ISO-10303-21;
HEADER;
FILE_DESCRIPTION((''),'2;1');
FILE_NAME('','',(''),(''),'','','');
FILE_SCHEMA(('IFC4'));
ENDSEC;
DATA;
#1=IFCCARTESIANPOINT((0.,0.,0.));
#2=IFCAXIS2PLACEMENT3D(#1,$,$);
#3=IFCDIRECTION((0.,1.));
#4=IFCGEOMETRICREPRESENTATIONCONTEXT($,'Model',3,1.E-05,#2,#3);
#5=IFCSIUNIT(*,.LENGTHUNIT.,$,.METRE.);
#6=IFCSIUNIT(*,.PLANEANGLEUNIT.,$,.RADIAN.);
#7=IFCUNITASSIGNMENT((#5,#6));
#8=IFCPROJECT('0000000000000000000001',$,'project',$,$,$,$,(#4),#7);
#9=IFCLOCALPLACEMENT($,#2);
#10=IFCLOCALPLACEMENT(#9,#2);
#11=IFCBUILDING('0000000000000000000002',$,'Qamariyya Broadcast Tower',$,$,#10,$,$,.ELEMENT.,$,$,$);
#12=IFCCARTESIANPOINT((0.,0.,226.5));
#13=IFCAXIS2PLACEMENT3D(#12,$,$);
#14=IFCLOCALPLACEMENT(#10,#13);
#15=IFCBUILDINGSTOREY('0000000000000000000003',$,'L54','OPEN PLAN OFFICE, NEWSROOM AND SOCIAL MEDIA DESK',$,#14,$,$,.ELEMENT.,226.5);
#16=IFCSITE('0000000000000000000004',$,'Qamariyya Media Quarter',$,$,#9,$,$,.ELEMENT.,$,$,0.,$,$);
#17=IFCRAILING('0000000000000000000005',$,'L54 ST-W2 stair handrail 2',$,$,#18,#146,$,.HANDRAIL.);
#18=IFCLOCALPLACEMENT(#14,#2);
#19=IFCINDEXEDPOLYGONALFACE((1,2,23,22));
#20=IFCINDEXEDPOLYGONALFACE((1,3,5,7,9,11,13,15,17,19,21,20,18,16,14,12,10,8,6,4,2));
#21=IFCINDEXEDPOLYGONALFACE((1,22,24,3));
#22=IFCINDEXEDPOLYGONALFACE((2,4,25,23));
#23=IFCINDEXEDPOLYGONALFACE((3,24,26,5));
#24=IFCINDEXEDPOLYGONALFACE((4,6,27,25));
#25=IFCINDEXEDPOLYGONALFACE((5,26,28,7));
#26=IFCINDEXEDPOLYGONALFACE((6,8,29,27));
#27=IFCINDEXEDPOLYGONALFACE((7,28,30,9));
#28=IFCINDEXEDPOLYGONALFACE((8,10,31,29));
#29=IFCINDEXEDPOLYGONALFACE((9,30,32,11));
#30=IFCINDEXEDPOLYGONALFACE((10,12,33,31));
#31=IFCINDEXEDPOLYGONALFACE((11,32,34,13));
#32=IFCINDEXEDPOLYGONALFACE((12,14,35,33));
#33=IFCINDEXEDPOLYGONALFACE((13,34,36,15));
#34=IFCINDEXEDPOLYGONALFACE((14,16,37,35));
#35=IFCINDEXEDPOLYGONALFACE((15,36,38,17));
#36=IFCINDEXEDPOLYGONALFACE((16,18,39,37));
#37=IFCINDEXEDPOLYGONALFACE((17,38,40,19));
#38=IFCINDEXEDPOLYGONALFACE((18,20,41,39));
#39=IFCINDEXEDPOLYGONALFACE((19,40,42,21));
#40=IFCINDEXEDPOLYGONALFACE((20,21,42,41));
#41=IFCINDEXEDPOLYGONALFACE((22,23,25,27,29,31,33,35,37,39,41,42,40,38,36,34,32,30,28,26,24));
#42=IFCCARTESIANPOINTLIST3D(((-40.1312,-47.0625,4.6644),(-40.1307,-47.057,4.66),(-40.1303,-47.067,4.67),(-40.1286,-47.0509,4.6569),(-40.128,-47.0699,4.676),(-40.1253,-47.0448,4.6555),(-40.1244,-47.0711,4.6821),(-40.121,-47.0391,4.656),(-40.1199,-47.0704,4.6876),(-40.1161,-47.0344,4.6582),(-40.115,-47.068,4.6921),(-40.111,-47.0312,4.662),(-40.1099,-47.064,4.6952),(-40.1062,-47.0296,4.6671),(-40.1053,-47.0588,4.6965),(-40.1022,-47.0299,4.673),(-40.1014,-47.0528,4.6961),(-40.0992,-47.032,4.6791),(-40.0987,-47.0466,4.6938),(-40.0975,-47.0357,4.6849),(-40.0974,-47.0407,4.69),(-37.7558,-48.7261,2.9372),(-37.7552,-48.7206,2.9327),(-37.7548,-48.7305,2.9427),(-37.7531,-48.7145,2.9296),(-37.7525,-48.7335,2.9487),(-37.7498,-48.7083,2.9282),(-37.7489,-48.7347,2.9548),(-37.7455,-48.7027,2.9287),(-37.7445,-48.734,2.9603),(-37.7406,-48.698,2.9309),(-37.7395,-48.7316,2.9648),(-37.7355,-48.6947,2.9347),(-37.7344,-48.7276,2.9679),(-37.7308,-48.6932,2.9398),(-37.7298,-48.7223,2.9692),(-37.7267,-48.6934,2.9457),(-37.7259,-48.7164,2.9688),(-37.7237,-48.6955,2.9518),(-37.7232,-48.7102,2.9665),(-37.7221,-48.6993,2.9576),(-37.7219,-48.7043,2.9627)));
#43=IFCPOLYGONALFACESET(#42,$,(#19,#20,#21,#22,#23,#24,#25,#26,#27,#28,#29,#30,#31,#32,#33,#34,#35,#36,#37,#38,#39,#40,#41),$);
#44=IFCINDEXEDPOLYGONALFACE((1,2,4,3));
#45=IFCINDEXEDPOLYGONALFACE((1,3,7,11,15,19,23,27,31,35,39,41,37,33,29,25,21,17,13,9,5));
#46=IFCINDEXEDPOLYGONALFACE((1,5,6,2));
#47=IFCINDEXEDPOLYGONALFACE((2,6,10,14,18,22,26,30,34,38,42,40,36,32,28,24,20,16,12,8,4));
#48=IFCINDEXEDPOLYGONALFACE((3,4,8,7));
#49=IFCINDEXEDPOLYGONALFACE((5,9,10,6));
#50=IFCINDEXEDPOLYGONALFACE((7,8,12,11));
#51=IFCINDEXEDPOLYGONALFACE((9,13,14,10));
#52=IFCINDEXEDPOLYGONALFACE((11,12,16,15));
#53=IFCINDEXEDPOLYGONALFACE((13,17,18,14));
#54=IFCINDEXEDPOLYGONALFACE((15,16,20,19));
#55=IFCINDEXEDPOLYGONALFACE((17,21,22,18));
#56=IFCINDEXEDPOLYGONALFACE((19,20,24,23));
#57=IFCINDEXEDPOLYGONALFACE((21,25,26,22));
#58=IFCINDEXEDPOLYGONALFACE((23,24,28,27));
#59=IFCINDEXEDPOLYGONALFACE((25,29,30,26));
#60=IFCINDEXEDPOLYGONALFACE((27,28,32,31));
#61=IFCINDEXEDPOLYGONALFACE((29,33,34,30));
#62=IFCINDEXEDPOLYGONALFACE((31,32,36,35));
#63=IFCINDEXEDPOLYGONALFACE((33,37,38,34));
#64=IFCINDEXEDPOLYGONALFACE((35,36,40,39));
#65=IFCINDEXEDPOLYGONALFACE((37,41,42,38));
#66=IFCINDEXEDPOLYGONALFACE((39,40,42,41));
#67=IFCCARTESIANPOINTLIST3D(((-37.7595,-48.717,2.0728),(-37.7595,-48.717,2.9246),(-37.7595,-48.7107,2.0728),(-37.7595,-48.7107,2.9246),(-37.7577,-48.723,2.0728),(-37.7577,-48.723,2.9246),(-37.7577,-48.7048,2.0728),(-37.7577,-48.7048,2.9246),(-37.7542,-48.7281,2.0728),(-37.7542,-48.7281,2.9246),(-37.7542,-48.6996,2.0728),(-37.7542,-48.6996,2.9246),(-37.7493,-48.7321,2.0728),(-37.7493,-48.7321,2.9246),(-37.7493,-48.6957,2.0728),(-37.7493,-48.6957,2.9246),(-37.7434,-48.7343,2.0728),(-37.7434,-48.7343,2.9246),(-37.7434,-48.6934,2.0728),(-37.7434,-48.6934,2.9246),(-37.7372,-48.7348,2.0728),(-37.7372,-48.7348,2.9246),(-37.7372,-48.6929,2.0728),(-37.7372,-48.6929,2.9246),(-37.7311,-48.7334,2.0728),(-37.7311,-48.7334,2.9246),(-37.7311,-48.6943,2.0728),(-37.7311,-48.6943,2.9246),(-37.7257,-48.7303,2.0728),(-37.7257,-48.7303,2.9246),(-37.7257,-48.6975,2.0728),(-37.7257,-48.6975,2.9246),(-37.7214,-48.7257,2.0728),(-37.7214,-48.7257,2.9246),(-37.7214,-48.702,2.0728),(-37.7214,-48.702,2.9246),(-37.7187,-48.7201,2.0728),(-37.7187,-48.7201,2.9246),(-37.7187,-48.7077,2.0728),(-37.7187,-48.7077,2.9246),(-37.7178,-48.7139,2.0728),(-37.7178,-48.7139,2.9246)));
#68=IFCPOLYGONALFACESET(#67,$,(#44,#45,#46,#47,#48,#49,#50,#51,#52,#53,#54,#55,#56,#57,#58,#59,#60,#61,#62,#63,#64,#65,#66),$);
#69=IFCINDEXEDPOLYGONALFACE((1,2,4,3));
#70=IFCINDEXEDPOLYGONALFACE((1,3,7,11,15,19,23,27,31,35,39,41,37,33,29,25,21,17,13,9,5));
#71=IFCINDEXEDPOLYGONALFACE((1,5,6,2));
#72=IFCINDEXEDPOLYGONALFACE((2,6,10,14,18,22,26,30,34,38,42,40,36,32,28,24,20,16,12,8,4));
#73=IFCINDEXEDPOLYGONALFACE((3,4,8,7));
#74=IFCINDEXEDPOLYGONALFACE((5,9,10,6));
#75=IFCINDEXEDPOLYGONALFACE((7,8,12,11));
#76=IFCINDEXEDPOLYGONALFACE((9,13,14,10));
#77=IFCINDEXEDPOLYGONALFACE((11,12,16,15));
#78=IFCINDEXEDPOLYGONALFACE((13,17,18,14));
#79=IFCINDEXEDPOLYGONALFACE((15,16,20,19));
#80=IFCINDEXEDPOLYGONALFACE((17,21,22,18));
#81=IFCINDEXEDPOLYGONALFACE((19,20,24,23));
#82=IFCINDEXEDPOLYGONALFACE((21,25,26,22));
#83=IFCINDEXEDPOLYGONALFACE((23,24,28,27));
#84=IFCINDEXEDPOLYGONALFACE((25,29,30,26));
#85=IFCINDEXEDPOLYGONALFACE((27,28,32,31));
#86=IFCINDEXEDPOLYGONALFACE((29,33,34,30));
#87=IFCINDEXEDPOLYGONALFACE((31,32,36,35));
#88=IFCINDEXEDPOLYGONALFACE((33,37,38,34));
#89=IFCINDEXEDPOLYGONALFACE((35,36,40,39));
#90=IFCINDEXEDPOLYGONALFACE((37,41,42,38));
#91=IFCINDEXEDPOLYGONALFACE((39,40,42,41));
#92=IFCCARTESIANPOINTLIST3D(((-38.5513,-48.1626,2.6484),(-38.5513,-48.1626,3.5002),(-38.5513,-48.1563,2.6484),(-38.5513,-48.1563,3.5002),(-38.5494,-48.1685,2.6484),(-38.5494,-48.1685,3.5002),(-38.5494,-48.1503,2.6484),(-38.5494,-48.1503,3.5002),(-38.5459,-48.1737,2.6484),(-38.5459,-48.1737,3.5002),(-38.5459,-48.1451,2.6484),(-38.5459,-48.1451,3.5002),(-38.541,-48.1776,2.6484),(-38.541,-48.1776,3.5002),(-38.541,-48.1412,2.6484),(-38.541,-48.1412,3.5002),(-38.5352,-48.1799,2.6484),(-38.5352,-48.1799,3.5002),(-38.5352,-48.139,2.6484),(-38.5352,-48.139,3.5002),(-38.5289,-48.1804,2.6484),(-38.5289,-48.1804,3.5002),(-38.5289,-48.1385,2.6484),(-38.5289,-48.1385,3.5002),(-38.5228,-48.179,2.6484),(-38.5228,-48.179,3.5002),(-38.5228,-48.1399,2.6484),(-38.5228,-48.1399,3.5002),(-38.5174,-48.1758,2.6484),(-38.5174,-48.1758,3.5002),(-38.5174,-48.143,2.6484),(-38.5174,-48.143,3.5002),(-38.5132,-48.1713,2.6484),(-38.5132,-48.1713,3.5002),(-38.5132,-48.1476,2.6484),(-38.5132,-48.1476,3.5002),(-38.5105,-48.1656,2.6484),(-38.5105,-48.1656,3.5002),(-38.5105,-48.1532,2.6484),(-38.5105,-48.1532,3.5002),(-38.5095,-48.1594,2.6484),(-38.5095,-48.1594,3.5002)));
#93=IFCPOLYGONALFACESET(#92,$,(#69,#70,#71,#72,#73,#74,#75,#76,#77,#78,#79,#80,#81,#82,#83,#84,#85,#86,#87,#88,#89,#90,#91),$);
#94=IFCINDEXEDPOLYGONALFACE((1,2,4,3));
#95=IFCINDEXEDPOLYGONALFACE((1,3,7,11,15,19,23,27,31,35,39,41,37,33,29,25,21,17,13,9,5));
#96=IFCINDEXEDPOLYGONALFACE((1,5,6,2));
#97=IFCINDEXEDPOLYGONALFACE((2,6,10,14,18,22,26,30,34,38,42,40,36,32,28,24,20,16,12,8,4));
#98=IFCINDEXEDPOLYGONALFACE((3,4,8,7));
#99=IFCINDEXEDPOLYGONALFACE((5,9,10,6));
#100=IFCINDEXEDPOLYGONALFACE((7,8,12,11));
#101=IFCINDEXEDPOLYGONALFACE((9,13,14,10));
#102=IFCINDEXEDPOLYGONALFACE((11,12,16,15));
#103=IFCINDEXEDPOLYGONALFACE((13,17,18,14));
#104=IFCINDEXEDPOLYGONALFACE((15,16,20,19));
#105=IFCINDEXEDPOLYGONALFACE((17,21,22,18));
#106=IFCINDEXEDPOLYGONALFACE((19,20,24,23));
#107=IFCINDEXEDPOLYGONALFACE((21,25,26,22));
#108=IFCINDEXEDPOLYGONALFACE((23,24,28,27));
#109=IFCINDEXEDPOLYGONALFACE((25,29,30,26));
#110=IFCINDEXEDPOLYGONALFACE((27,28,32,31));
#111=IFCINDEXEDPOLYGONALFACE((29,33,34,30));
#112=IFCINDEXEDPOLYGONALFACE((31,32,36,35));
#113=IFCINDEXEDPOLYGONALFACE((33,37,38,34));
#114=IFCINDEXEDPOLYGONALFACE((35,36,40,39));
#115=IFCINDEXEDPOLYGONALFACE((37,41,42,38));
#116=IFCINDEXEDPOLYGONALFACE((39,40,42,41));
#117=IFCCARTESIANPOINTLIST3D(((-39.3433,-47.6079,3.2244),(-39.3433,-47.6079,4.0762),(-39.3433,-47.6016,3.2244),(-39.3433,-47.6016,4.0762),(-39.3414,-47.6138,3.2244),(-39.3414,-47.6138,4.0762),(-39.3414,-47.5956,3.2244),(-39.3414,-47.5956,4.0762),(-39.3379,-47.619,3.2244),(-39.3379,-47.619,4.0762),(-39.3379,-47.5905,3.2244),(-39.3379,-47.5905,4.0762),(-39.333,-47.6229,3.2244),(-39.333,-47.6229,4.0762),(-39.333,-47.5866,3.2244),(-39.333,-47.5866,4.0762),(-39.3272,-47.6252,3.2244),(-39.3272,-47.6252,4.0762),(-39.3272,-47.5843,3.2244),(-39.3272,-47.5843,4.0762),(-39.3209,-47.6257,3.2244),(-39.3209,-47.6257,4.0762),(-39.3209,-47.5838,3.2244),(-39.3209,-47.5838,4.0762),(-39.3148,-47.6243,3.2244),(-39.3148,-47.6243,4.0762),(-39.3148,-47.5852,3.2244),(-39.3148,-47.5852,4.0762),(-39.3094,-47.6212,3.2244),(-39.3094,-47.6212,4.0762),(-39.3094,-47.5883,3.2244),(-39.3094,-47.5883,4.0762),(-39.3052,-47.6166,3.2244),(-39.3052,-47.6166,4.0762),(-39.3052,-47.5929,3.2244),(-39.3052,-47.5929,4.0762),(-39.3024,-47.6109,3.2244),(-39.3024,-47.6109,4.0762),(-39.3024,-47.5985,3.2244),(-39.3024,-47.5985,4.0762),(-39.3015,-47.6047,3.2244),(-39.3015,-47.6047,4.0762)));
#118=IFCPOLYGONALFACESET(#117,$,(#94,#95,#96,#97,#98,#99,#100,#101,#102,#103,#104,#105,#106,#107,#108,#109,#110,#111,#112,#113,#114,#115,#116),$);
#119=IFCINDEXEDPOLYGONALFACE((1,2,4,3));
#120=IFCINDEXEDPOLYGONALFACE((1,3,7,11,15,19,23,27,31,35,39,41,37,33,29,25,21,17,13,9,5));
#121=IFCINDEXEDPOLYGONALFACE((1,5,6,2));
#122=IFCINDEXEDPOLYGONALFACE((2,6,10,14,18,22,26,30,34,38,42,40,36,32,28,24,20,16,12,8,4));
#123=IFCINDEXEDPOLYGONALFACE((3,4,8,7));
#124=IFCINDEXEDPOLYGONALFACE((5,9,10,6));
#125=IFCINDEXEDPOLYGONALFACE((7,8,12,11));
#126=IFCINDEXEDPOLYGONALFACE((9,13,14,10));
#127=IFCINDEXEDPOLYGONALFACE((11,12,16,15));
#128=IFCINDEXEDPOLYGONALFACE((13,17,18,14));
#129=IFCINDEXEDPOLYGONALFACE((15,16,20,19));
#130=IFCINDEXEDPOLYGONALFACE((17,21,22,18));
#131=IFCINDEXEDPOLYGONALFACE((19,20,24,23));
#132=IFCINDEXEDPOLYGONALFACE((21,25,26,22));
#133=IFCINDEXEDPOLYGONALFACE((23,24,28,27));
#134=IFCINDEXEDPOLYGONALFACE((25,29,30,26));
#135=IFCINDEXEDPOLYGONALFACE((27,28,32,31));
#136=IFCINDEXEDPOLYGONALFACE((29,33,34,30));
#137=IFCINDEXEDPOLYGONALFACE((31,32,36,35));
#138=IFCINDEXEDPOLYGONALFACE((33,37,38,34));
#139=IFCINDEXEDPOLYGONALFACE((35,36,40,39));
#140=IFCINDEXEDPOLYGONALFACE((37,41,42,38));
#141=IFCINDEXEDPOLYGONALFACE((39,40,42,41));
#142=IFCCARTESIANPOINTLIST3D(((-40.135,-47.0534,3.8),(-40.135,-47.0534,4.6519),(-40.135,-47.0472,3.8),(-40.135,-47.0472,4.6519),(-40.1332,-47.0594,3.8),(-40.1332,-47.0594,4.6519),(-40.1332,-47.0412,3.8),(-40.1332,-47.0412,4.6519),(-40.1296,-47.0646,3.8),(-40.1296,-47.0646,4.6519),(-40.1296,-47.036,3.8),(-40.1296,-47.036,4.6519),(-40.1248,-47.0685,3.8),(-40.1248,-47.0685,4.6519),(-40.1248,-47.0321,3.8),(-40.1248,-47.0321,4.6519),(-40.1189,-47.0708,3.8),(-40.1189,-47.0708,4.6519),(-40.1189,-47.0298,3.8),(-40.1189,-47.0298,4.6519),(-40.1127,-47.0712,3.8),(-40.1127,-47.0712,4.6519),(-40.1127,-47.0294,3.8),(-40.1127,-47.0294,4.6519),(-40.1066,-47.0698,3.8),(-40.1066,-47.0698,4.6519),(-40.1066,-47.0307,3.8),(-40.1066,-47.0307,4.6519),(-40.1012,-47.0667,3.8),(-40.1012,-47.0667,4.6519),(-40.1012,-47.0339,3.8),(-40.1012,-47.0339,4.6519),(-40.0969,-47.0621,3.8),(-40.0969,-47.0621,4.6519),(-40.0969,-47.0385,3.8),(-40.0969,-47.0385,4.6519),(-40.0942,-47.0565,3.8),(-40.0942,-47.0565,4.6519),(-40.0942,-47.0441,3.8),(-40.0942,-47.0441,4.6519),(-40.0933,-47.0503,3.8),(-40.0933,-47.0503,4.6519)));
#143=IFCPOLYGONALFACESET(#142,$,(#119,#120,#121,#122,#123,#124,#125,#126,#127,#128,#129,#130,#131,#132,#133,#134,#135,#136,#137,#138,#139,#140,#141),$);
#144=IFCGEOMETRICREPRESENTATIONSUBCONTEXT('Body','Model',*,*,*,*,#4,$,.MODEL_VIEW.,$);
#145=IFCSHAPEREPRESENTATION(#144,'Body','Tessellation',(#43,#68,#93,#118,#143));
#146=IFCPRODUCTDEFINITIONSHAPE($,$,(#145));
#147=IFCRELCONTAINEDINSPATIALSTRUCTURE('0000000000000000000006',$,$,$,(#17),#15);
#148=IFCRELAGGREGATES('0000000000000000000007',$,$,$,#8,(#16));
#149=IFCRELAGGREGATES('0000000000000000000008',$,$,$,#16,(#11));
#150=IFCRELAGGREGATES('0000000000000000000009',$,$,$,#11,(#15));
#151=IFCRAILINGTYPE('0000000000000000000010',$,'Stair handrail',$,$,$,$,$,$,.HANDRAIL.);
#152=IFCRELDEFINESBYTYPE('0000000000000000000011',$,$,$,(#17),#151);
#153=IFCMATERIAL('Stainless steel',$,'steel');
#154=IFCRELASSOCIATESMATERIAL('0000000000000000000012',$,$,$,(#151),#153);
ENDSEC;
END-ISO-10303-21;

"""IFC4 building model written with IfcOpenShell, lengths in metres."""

from ifc_helpers import new_model, si_unit, direction, frame, origin, origin_2d, place, context, subcontext, project, spatial, circle, extrude, material, type_object, element, save


model = new_model("IFC4")

# Units and contexts
model_context = context("Model", 3, precision=1e-05, world=origin(), true_north=direction((0.0, 1.0)))
body_context = subcontext(model_context, "Body", "Model", "MODEL_VIEW")
ifc_project = project(units=[si_unit("LENGTHUNIT", "METRE"), si_unit("PLANEANGLEUNIT", "RADIAN")], contexts=[model_context])

# Site, building, storey
site_placement = place(None, origin())
site = spatial("IfcSite", under=ifc_project, at=site_placement, Name="Qamariyya Media Quarter", CompositionType="ELEMENT", RefElevation=0.0)
building_placement = place(site_placement, origin())
building = spatial("IfcBuilding", under=site, at=building_placement, Name="Qamariyya Broadcast Tower", CompositionType="ELEMENT")
storey_placement = place(building_placement, frame((0.0, 0.0, 226.5)))
storey = spatial("IfcBuildingStorey", under=building, at=storey_placement, Name="L54", Description="OPEN PLAN OFFICE, NEWSROOM AND SOCIAL MEDIA DESK", CompositionType="ELEMENT", Elevation=226.5)

# Railing
ifc_material_1 = material(Name="Stainless steel", Category="steel")
railing_type_1 = type_object("IfcRailingType", Name="Stair handrail", PredefinedType="HANDRAIL", material=ifc_material_1)
railing_1_placement = place(storey_placement, frame((-37.7388, -48.7139, 2.0728)))
element("IfcRailing", 1, at=railing_1_placement, inside=storey, type_object=railing_type_1, Name="L54 ST-W2 stair handrail 2", PredefinedType="HANDRAIL", context=body_context, shape_type="SweptSolid", body=[
    extrude(circle(Radius=0.0239, at=origin_2d()), frame((0.0, 0.0, 0.876), z_axis=(-0.703745, 0.492838, 0.511716), x_axis=(-0.573632, -0.819113, 0.0)), (0.0, 0.0, 1.0), 3.3755),
    extrude(circle(Radius=0.021, at=origin_2d()), origin(), (0.0, 0.0, 1.0), 0.8518),
    extrude(circle(Radius=0.021, at=origin_2d()), frame((-0.7917, 0.5544, 0.5757)), (0.0, 0.0, 1.0), 0.8518),
    extrude(circle(Radius=0.021, at=origin_2d()), frame((-1.5837, 1.1091, 1.1516)), (0.0, 0.0, 1.0), 0.8518),
    extrude(circle(Radius=0.021, at=origin_2d()), frame((-2.3755, 1.6636, 1.7273)), (0.0, 0.0, 1.0), 0.8518),
])

save(model, "model.ifc")
